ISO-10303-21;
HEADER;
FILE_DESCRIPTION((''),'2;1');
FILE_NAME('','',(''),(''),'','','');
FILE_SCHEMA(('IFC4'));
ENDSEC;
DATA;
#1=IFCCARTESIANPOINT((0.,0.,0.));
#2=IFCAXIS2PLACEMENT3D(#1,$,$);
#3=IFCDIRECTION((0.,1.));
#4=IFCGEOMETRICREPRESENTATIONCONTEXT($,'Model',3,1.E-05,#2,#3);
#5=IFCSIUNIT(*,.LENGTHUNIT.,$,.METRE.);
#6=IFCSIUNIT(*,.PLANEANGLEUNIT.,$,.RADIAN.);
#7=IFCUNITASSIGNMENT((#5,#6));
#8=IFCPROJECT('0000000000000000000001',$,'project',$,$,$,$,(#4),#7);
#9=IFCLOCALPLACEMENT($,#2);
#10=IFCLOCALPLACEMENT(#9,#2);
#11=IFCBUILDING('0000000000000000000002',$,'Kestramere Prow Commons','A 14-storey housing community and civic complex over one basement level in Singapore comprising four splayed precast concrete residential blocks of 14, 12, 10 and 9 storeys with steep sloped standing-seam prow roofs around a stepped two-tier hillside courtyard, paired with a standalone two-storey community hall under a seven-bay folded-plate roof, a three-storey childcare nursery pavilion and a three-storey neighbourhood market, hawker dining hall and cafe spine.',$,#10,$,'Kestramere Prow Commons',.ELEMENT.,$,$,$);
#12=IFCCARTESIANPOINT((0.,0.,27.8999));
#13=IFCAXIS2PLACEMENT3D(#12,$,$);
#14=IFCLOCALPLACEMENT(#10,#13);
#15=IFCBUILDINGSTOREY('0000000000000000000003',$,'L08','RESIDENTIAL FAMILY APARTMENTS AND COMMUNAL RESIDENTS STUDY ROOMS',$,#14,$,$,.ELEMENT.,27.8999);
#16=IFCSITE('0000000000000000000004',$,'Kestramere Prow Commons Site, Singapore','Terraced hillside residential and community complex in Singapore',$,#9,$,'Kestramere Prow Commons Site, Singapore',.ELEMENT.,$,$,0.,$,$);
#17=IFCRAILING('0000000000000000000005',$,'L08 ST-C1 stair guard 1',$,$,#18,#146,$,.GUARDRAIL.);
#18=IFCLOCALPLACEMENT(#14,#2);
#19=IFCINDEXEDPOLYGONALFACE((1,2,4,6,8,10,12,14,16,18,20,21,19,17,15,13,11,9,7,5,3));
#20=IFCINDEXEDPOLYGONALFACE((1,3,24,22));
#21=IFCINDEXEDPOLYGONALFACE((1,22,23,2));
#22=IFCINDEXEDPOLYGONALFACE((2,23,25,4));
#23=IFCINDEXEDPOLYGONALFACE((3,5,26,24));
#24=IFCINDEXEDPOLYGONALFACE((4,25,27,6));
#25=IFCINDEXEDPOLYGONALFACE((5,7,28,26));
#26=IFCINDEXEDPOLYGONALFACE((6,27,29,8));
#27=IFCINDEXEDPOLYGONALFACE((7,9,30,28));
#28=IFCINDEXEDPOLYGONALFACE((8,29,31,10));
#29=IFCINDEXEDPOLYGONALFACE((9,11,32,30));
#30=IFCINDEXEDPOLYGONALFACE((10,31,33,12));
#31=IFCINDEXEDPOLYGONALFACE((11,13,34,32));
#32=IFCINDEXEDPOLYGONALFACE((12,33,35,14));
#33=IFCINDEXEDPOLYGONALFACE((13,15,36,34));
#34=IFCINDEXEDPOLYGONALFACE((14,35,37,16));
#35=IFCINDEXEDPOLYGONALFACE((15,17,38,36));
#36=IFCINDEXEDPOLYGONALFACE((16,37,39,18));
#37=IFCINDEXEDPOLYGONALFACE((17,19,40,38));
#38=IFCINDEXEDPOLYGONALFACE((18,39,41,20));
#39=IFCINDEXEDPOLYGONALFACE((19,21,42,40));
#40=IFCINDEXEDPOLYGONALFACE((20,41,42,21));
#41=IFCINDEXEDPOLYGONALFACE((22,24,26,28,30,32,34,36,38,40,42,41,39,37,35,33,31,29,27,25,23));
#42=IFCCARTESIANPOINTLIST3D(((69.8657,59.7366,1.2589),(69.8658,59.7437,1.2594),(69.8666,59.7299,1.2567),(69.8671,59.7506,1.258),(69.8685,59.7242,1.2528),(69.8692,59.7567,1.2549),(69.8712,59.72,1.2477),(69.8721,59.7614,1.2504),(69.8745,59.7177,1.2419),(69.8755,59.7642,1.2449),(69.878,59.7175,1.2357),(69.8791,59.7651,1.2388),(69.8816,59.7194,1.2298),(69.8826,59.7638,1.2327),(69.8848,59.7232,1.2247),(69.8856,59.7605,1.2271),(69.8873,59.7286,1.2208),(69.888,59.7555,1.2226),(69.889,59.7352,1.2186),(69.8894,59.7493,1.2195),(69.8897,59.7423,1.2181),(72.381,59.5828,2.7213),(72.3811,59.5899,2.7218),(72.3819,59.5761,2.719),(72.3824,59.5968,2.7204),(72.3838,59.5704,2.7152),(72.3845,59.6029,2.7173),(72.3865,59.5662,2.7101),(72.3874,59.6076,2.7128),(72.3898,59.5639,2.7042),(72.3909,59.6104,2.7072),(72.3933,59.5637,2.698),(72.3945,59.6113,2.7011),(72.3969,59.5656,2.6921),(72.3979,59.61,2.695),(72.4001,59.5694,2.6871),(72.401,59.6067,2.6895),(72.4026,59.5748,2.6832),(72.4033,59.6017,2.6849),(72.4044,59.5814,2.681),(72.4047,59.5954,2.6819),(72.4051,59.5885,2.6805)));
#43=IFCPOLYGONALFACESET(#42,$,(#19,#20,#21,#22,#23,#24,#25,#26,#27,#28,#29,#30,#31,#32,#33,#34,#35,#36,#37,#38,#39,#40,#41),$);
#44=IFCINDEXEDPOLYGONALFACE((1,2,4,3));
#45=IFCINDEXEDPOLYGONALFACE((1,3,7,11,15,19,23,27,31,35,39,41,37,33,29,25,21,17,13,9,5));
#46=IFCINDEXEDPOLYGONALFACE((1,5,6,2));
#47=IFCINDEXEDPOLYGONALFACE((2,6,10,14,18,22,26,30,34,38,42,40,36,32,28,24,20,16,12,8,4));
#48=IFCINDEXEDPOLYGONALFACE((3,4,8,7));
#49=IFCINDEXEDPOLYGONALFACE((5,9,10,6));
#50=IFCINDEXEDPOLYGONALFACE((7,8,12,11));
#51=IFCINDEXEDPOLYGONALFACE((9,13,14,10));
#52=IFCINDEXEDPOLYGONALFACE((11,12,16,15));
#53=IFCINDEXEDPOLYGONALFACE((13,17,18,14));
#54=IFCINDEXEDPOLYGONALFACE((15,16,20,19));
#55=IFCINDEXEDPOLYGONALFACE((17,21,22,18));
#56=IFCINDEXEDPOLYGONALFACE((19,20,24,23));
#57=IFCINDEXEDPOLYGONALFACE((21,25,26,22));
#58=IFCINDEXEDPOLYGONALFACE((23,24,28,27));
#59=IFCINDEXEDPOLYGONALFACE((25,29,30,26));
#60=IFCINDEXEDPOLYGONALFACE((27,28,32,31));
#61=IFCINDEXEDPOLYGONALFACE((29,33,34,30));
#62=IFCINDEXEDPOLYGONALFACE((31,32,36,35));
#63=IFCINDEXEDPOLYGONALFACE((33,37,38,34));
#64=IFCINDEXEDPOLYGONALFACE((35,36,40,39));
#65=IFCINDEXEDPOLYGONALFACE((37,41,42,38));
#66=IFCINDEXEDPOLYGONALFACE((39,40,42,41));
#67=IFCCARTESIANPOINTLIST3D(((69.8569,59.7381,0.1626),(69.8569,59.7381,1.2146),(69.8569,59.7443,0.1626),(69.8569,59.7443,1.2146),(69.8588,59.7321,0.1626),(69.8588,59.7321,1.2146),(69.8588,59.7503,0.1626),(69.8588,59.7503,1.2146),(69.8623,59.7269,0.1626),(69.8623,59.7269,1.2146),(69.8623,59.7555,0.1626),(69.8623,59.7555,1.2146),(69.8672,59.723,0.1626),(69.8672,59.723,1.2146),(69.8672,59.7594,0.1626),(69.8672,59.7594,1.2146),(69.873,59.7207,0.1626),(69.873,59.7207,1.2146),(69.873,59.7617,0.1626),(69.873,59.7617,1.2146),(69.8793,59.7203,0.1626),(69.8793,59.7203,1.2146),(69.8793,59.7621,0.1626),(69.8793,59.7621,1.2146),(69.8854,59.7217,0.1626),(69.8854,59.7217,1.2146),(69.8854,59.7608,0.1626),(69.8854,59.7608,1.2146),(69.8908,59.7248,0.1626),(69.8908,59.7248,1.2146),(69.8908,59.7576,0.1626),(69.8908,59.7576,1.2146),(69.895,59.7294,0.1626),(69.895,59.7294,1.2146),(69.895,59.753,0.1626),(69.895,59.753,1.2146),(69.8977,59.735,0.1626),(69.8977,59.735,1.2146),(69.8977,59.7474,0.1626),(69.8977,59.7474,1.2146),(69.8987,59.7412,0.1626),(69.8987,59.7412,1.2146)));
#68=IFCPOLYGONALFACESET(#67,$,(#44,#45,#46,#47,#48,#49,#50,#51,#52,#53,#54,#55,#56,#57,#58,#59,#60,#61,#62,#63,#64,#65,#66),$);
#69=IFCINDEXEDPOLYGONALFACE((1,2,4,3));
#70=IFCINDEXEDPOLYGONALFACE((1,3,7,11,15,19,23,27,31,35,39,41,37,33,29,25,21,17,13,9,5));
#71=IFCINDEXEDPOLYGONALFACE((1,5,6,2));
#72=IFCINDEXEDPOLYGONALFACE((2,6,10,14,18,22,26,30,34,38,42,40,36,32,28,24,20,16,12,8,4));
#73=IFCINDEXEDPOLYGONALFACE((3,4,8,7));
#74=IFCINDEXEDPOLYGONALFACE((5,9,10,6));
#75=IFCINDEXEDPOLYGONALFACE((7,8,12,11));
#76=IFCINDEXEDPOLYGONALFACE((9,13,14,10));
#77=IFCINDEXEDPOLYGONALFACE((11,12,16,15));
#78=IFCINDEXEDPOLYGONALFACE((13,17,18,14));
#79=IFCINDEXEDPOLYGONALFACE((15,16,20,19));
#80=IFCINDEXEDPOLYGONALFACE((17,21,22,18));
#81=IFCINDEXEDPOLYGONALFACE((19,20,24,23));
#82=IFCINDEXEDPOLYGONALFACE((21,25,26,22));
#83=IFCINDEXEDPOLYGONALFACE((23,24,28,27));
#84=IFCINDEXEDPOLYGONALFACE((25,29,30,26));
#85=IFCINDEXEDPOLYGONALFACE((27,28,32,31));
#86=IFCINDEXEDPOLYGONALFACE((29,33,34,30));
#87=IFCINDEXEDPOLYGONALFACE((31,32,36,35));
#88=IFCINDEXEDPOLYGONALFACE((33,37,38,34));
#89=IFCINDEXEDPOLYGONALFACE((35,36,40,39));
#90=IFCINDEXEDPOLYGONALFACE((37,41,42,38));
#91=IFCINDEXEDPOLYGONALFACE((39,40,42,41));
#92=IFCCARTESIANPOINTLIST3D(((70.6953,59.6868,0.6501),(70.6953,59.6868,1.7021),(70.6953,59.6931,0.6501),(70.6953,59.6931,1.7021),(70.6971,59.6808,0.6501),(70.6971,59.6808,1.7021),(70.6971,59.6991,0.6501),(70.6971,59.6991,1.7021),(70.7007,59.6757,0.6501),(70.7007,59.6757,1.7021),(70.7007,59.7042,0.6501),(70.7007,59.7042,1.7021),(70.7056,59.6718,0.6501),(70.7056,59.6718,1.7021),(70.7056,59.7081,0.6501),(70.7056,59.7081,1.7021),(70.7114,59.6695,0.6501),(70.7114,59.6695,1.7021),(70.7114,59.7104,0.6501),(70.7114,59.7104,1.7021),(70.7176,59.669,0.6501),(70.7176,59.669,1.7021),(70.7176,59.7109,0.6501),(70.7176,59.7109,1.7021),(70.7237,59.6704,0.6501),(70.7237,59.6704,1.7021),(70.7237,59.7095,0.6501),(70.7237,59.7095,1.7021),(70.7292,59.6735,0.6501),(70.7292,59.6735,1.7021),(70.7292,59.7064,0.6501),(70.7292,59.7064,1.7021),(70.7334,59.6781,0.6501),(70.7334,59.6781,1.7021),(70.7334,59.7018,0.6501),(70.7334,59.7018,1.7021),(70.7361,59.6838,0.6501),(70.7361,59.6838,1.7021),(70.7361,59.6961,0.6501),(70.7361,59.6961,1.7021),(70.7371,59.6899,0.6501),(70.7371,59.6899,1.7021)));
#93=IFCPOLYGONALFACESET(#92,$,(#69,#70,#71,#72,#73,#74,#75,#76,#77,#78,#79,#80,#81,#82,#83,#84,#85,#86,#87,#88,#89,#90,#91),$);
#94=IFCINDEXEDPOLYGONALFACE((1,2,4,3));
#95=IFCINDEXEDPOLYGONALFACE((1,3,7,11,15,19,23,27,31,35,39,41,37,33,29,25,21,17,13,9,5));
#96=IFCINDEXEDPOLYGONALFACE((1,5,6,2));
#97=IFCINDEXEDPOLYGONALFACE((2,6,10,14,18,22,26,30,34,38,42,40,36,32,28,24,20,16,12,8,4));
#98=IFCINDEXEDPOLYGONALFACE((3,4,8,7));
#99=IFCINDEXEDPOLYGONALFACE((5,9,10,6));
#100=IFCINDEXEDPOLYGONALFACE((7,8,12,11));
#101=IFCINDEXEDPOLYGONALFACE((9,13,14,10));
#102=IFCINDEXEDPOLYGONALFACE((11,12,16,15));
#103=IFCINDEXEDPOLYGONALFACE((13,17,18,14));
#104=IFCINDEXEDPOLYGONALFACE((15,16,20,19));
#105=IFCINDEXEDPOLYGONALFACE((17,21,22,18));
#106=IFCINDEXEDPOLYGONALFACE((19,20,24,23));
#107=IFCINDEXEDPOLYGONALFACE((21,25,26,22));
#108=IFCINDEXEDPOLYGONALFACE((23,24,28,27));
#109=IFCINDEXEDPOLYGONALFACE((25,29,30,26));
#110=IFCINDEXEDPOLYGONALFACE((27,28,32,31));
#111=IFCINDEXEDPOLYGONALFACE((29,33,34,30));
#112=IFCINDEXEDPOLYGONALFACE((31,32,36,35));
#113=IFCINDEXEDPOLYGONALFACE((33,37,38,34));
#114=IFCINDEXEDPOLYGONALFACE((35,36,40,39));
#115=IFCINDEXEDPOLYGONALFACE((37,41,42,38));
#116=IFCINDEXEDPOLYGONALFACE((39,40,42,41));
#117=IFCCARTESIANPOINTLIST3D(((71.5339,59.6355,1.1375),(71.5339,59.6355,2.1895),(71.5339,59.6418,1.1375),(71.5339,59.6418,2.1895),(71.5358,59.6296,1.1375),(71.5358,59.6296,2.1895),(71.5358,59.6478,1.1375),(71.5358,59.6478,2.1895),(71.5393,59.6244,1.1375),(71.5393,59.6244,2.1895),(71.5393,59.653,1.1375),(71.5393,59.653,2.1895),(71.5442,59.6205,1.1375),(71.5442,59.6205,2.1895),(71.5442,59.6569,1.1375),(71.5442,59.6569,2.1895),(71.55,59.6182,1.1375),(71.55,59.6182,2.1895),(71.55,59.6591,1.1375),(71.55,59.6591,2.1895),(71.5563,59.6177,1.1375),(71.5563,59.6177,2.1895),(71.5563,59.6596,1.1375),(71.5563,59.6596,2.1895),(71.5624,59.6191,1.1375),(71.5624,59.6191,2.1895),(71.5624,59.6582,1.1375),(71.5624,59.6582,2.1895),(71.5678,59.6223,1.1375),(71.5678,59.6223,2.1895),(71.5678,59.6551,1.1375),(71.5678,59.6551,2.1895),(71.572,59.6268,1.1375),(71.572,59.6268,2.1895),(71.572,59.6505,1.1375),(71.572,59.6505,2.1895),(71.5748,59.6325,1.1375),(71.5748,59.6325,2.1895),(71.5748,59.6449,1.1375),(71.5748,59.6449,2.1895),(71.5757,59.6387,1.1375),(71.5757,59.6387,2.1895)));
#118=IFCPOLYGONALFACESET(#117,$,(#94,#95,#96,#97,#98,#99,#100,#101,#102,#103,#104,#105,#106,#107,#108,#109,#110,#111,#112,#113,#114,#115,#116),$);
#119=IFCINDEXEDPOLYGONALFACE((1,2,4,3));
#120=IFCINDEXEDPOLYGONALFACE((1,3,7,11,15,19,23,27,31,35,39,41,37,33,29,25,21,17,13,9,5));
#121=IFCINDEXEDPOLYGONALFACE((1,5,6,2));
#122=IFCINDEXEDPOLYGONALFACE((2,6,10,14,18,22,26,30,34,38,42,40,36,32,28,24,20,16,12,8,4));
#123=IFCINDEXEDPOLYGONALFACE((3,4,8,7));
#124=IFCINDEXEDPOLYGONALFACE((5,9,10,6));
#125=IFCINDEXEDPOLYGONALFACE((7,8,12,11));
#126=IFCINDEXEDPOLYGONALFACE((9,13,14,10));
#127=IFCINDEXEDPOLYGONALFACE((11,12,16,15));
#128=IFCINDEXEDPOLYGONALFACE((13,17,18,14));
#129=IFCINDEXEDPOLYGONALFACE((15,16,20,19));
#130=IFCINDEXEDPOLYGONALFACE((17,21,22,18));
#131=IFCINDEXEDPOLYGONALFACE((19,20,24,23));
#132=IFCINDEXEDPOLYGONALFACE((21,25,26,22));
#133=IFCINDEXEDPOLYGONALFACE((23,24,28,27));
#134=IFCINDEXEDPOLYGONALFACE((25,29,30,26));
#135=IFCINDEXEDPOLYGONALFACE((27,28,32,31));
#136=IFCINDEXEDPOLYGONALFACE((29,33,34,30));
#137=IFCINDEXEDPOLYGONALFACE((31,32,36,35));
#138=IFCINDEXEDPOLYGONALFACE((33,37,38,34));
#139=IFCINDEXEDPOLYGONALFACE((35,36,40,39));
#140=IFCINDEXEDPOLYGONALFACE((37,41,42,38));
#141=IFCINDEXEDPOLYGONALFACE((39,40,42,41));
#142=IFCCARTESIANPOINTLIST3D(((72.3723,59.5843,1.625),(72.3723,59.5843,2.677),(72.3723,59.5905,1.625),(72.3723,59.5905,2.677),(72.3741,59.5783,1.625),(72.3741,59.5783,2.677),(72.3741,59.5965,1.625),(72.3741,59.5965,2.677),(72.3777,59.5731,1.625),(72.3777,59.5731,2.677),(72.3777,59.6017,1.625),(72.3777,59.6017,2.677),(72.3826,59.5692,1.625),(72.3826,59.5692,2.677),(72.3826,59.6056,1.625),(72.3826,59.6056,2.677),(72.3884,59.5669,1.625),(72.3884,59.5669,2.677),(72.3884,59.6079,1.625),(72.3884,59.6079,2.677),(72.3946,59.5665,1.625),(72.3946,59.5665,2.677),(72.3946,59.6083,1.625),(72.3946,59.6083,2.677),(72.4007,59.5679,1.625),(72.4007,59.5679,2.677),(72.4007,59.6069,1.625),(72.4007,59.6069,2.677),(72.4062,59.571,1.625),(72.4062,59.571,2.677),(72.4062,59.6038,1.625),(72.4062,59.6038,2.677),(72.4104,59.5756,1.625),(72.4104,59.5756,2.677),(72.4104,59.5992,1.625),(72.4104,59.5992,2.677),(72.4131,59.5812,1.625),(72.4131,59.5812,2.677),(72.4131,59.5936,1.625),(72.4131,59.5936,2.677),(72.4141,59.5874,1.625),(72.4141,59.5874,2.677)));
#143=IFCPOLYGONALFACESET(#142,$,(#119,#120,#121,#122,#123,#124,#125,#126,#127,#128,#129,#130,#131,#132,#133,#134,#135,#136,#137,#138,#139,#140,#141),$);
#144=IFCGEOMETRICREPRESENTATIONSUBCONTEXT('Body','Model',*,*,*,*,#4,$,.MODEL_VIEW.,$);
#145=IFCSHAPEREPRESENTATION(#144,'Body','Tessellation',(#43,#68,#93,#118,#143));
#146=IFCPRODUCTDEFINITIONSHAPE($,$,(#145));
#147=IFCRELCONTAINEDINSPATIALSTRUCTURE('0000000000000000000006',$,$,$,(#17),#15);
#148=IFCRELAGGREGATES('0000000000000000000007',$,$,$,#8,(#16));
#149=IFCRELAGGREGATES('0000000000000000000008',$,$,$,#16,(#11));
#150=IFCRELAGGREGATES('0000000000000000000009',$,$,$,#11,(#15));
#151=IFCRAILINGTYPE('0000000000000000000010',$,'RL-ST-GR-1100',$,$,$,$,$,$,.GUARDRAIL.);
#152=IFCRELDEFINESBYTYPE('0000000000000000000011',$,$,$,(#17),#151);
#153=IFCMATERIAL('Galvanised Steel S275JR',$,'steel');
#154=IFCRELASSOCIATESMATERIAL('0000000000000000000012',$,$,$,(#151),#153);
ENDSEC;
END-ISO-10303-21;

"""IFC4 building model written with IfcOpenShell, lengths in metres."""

from ifc_helpers import new_model, si_unit, direction, frame, origin, origin_2d, place, context, subcontext, project, spatial, circle, extrude, material, type_object, element, save


model = new_model("IFC4")

# Units and contexts
model_context = context("Model", 3, precision=1e-05, world=origin(), true_north=direction((0.0, 1.0)))
body_context = subcontext(model_context, "Body", "Model", "MODEL_VIEW")
ifc_project = project(units=[si_unit("LENGTHUNIT", "METRE"), si_unit("PLANEANGLEUNIT", "RADIAN")], contexts=[model_context])

# Site, building, storey
site_placement = place(None, origin())
site = spatial("IfcSite", under=ifc_project, at=site_placement, Name="Kestramere Prow Commons Site, Singapore", Description="Terraced hillside residential and community complex in Singapore", LongName="Kestramere Prow Commons Site, Singapore", CompositionType="ELEMENT", RefElevation=0.0)
building_placement = place(site_placement, origin())
building = spatial("IfcBuilding", under=site, at=building_placement, Name="Kestramere Prow Commons", Description="A 14-storey housing community and civic complex over one basement level in Singapore comprising four splayed precast concrete residential blocks of 14, 12, 10 and 9 storeys with steep sloped standing-seam prow roofs around a stepped two-tier hillside courtyard, paired with a standalone two-storey community hall under a seven-bay folded-plate roof, a three-storey childcare nursery pavilion and a three-storey neighbourhood market, hawker dining hall and cafe spine.", LongName="Kestramere Prow Commons", CompositionType="ELEMENT")
storey_placement = place(building_placement, frame((0.0, 0.0, 27.8999)))
storey = spatial("IfcBuildingStorey", under=building, at=storey_placement, Name="L08", Description="RESIDENTIAL FAMILY APARTMENTS AND COMMUNAL RESIDENTS STUDY ROOMS", CompositionType="ELEMENT", Elevation=27.8999)

# Railing
ifc_material_1 = material(Name="Galvanised Steel S275JR", Category="steel")
railing_type_1 = type_object("IfcRailingType", Name="RL-ST-GR-1100", PredefinedType="GUARDRAIL", material=ifc_material_1)
railing_1_placement = place(storey_placement, frame((69.8777, 59.7412, 0.1626)))
element("IfcRailing", 1, at=railing_1_placement, inside=storey, type_object=railing_type_1, Name="L08 ST-C1 stair guard 1", PredefinedType="GUARDRAIL", context=body_context, shape_type="SweptSolid", body=[
    extrude(circle(Radius=0.0239, at=origin_2d()), frame((0.0, 0.0, 1.0762), z_axis=(0.863306, -0.052789, 0.501912), x_axis=(0.061033, 0.998136, 0.0)), (0.0, 0.0, 1.0), 2.9136),
    extrude(circle(Radius=0.021, at=origin_2d()), origin(), (0.0, 0.0, 1.0), 1.052),
    extrude(circle(Radius=0.021, at=origin_2d()), frame((0.8384, -0.0513, 0.4875)), (0.0, 0.0, 1.0), 1.052),
    extrude(circle(Radius=0.021, at=origin_2d()), frame((1.677, -0.1025, 0.9749)), (0.0, 0.0, 1.0), 1.052),
    extrude(circle(Radius=0.021, at=origin_2d()), frame((2.5154, -0.1538, 1.4624)), (0.0, 0.0, 1.0), 1.052),
])

save(model, "model.ifc")
